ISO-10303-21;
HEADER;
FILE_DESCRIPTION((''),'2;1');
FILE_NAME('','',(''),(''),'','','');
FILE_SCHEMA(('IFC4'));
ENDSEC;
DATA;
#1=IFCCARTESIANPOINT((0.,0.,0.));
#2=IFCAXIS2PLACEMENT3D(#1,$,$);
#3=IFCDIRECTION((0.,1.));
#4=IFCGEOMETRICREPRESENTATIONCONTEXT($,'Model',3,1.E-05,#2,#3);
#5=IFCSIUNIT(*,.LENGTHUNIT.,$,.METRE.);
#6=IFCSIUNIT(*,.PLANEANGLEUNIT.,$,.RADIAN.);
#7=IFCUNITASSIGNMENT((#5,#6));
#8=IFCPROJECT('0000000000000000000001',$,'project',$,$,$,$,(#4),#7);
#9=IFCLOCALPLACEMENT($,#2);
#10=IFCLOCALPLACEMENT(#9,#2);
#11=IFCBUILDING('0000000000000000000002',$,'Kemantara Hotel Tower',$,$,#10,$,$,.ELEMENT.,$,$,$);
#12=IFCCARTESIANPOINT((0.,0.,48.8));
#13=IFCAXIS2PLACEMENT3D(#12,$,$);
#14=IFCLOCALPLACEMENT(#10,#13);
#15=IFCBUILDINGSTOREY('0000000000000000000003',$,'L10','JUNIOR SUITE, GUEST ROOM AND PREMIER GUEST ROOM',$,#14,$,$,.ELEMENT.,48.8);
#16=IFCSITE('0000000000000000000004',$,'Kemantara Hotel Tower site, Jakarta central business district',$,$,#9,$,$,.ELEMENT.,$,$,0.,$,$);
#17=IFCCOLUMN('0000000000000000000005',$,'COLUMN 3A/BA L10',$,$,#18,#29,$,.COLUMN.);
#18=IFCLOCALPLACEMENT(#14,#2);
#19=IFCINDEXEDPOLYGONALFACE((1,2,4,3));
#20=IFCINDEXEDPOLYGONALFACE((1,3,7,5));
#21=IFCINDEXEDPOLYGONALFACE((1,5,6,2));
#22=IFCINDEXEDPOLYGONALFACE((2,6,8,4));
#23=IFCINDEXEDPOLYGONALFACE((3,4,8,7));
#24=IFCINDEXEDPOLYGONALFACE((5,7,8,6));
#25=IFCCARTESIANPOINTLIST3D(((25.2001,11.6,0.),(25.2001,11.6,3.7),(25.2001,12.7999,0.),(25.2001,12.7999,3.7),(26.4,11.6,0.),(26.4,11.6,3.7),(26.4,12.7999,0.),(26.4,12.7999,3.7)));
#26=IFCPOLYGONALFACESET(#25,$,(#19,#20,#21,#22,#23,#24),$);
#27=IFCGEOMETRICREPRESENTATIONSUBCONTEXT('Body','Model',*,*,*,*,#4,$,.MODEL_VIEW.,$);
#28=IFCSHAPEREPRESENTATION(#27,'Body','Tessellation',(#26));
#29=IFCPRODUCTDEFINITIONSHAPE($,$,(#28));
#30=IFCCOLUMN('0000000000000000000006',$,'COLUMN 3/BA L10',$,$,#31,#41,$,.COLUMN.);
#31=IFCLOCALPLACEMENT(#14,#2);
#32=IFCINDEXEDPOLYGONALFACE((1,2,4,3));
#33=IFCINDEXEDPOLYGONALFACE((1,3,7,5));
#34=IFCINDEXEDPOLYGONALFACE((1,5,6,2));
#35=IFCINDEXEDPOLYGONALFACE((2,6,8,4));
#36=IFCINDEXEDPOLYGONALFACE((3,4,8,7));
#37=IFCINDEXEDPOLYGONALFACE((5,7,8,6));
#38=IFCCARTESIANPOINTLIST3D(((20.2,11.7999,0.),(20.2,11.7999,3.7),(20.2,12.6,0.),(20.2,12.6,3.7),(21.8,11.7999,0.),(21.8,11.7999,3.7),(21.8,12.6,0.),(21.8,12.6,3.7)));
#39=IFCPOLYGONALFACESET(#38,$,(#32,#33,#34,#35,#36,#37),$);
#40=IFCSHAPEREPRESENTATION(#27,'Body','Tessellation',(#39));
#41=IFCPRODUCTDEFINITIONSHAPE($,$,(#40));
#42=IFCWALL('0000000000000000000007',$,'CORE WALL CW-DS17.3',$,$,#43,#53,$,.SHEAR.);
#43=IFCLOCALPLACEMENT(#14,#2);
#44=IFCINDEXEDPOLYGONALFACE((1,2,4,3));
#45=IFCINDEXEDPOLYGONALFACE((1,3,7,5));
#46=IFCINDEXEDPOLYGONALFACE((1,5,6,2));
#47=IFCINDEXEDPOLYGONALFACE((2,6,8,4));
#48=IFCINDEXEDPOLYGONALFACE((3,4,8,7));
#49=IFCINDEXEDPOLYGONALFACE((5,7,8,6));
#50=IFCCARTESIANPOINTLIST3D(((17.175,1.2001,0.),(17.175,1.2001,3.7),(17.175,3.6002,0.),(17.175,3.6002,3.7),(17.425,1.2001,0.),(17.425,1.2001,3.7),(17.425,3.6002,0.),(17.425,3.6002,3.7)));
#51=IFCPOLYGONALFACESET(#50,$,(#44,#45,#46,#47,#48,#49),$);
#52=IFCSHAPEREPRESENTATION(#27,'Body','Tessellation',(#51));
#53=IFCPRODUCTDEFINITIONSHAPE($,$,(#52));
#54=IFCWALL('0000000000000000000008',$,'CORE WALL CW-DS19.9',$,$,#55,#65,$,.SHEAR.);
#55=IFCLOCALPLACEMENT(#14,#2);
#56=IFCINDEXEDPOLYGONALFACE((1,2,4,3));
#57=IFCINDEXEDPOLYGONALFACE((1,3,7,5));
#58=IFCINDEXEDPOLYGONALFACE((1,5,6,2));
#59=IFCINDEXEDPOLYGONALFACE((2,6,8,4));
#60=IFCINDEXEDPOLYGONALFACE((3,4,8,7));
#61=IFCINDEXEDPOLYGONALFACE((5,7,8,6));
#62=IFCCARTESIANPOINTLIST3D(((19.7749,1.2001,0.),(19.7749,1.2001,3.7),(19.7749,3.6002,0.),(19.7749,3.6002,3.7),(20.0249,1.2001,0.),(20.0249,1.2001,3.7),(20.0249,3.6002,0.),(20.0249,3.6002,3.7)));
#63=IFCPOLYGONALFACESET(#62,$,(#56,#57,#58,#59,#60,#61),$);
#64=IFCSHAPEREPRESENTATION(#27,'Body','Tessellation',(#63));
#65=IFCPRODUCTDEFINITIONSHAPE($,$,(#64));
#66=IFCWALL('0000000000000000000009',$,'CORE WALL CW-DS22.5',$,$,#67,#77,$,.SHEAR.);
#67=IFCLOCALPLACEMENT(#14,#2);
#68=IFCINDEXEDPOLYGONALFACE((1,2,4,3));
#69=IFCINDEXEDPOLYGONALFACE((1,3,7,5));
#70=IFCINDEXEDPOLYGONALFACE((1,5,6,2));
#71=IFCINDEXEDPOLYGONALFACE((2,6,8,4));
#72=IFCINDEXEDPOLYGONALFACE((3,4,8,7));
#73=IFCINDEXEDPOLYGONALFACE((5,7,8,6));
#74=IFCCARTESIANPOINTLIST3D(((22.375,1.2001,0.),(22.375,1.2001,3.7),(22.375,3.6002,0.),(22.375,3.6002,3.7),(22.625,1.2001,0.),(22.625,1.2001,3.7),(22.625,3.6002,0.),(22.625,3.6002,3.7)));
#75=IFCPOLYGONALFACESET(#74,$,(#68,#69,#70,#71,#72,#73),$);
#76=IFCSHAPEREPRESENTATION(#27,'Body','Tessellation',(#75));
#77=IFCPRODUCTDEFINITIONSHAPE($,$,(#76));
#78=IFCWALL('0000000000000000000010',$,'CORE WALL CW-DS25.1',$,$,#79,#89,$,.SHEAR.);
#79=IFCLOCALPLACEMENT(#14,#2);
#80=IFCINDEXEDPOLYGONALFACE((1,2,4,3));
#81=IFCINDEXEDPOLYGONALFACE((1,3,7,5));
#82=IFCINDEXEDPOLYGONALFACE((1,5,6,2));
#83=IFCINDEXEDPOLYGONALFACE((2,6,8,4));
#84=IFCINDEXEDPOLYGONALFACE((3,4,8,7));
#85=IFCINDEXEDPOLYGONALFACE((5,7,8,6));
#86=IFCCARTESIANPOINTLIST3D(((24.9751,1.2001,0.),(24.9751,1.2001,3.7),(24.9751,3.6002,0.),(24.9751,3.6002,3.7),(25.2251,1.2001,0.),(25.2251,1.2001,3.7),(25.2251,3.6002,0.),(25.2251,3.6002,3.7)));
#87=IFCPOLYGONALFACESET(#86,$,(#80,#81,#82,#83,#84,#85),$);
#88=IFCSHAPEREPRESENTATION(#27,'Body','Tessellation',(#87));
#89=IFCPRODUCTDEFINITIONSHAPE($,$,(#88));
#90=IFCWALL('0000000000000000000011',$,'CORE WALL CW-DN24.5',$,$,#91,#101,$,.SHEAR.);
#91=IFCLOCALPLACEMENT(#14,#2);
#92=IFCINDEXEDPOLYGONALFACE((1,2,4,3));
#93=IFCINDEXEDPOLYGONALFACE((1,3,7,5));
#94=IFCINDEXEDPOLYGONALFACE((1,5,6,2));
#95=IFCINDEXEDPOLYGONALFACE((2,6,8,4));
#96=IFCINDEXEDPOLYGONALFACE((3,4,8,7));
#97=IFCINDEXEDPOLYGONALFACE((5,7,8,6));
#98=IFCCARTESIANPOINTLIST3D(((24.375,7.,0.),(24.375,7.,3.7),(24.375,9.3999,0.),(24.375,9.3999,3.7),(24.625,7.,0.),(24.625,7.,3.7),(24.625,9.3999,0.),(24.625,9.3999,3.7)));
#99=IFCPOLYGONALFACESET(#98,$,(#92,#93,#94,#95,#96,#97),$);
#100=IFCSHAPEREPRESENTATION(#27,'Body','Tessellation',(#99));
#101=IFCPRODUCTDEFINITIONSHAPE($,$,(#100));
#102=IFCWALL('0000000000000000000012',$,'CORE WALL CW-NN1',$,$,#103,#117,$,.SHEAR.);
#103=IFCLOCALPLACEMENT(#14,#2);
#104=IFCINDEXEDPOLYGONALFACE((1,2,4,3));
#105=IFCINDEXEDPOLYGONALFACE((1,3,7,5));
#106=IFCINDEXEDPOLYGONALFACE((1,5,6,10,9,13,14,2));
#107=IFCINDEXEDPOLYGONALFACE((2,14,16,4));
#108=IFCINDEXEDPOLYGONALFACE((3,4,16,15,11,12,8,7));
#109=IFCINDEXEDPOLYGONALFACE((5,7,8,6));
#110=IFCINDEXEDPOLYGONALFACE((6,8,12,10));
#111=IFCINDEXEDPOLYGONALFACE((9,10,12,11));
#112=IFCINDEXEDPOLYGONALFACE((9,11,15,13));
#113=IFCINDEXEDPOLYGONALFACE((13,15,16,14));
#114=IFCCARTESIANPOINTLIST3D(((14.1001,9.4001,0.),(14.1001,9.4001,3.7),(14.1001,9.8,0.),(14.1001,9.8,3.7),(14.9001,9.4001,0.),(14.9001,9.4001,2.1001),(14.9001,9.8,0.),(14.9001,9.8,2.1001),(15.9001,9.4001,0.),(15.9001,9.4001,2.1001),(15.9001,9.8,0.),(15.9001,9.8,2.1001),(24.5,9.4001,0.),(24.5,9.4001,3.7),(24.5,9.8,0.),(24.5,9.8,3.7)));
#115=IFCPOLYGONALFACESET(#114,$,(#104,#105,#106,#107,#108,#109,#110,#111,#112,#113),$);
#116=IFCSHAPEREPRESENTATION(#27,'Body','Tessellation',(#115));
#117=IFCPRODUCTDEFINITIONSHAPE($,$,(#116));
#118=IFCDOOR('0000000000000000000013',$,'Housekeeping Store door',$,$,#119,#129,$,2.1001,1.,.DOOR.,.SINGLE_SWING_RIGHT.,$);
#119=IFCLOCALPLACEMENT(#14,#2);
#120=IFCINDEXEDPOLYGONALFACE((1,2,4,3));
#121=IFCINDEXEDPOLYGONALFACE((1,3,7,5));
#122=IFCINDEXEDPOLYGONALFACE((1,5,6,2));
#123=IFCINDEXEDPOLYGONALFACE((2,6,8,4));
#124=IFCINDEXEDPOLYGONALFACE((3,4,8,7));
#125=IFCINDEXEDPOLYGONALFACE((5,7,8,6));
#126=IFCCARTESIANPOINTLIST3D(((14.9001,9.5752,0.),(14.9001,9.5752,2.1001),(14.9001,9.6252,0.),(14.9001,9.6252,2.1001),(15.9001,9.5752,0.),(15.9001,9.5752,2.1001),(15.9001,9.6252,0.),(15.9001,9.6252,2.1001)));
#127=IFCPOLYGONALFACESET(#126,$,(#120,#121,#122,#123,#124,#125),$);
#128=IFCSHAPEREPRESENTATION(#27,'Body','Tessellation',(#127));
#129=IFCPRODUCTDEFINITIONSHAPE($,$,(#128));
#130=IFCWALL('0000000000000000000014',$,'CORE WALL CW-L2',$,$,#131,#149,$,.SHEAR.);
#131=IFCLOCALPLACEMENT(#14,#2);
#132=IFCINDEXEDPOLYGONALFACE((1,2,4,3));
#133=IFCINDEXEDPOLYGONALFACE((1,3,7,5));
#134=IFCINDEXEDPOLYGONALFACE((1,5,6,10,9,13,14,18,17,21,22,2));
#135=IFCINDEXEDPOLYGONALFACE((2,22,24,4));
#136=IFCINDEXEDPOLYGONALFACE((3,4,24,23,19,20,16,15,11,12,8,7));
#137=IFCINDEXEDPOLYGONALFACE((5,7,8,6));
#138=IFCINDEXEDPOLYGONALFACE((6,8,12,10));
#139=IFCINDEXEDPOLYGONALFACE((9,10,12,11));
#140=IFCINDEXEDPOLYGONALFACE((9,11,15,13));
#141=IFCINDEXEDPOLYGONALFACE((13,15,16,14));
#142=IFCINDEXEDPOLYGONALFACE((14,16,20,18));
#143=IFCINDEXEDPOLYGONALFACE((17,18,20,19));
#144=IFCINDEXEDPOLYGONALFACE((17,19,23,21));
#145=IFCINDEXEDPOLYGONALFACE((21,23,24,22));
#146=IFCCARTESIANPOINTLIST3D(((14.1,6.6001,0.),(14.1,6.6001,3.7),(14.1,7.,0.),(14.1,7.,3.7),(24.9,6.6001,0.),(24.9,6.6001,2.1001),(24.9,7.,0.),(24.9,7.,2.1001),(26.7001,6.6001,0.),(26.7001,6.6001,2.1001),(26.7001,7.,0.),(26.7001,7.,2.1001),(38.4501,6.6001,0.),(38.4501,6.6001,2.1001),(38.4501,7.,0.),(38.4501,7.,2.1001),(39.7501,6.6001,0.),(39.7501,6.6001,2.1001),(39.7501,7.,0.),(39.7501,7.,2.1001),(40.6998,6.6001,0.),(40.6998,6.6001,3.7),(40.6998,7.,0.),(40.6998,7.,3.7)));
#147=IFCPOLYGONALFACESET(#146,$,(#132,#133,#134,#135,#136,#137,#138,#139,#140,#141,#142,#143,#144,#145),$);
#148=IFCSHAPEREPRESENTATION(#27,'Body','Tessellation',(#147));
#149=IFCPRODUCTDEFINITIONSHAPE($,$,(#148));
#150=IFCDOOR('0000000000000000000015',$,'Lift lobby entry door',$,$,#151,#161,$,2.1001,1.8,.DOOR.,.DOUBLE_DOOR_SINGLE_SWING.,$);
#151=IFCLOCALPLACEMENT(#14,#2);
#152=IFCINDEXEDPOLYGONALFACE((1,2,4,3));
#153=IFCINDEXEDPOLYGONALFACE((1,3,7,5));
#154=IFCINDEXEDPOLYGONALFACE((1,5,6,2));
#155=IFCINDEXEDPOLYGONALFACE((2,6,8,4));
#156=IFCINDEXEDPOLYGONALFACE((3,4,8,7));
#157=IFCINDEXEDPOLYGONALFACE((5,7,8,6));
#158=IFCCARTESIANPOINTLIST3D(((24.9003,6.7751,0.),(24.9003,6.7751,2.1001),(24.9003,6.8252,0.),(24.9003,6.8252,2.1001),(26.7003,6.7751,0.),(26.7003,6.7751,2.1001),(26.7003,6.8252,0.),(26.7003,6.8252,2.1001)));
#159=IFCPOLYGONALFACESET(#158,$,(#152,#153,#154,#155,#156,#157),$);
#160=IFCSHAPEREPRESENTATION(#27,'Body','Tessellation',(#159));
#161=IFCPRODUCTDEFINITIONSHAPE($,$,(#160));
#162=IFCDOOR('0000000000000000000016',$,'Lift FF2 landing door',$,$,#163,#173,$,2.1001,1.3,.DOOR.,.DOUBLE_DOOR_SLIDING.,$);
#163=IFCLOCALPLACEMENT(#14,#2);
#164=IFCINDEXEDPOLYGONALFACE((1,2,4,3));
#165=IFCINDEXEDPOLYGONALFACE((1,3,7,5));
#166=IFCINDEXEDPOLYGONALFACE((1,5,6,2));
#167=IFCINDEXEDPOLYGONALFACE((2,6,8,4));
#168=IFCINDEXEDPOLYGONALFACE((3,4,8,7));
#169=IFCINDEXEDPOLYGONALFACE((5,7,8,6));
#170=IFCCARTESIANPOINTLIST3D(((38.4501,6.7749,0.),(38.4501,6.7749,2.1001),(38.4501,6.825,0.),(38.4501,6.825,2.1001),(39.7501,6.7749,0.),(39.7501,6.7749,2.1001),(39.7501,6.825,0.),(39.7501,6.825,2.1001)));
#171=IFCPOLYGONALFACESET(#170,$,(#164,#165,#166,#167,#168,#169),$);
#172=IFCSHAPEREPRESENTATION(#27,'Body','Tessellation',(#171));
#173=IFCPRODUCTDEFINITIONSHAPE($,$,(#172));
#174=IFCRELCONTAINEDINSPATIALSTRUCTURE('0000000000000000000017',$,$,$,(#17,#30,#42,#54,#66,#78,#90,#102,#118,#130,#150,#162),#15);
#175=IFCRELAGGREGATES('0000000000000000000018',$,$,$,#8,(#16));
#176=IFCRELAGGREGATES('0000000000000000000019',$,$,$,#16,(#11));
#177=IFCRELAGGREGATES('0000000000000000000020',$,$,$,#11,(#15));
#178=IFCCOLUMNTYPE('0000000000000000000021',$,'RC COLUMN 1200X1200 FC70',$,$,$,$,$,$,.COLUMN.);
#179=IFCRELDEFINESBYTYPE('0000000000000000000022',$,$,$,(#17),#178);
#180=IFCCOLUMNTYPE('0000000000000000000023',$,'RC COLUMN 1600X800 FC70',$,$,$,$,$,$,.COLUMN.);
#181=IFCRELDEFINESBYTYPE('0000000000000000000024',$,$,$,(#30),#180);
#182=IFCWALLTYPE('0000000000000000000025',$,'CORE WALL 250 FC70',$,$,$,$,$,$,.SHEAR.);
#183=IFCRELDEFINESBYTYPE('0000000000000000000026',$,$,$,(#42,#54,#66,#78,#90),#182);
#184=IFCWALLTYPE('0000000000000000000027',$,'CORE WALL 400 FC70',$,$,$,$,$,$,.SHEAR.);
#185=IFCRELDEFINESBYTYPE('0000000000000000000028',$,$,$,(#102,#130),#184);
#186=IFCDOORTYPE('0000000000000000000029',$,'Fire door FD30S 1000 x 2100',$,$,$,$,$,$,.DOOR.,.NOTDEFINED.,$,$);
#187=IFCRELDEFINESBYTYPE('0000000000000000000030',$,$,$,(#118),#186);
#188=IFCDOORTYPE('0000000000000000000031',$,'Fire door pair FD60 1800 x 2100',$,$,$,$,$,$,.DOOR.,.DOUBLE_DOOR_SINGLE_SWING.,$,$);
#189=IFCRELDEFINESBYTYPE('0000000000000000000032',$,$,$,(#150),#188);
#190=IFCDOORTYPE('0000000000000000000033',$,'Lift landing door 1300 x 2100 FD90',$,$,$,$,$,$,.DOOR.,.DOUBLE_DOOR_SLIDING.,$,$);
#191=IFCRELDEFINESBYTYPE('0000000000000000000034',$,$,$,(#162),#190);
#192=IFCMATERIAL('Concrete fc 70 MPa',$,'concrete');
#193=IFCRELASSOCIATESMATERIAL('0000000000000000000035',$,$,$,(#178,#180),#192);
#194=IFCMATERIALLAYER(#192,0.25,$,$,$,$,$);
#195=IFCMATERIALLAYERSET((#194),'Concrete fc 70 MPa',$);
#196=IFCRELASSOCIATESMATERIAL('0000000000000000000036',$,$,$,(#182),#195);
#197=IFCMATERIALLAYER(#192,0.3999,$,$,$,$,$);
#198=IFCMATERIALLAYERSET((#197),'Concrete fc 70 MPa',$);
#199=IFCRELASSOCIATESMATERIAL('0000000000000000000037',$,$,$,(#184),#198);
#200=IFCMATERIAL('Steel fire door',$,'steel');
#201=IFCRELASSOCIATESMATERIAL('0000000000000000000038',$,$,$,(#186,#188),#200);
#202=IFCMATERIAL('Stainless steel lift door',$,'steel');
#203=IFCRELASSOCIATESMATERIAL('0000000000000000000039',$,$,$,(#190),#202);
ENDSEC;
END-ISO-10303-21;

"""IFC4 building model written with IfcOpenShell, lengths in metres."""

from ifc_helpers import new_model, si_unit, direction, frame, frame_2d, origin, origin_2d, place, context, subcontext, project, spatial, rectangle, extrude, material, layer, layer_set, material_profile, profile_set, type_object, element, fill, save


model = new_model("IFC4")

# Units and contexts
model_context = context("Model", 3, precision=1e-05, world=origin(), true_north=direction((0.0, 1.0)))
body_context = subcontext(model_context, "Body", "Model", "MODEL_VIEW")
ifc_project = project(units=[si_unit("LENGTHUNIT", "METRE"), si_unit("PLANEANGLEUNIT", "RADIAN")], contexts=[model_context])

# Site, building, storey
site_placement = place(None, origin())
site = spatial("IfcSite", under=ifc_project, at=site_placement, Name="Kemantara Hotel Tower site, Jakarta central business district", CompositionType="ELEMENT", RefElevation=0.0)
building_placement = place(site_placement, origin())
building = spatial("IfcBuilding", under=site, at=building_placement, Name="Kemantara Hotel Tower", CompositionType="ELEMENT")
storey_placement = place(building_placement, frame((0.0, 0.0, 48.8)))
storey = spatial("IfcBuildingStorey", under=building, at=storey_placement, Name="L10", Description="JUNIOR SUITE, GUEST ROOM AND PREMIER GUEST ROOM", CompositionType="ELEMENT", Elevation=48.8)

# Columns
ifc_material_1 = material(Name="Concrete fc 70 MPa", Category="concrete")
ifc_material_profile_1 = material_profile(ifc_material_1, rectangle(XDim=1.2, YDim=1.2, at=origin_2d()), Name="RC 1200X1200")
ifc_profile_set_1 = profile_set([ifc_material_profile_1], Name="Concrete fc 70 MPa")
column_type_1 = type_object("IfcColumnType", Name="RC COLUMN 1200X1200 FC70", PredefinedType="COLUMN", material=ifc_profile_set_1)
column_1_placement = place(storey_placement, frame((25.8, 12.2, 0.0), z_axis=(0.0, 0.0, 1.0), x_axis=(1.0, 0.0, 0.0)))
element("IfcColumn", 1, at=column_1_placement, inside=storey, type_object=column_type_1, Name="COLUMN 3A/BA L10", PredefinedType="COLUMN", context=body_context, shape_type="SweptSolid", body=[
    extrude(rectangle(XDim=1.2, YDim=1.2, at=origin_2d()), origin(), (0.0, 0.0, 1.0), 3.7),
])
ifc_material_profile_2 = material_profile(ifc_material_1, rectangle(XDim=1.6001, YDim=0.8, at=origin_2d()), Name="RC 1600X800")
ifc_profile_set_2 = profile_set([ifc_material_profile_2], Name="Concrete fc 70 MPa")
column_type_2 = type_object("IfcColumnType", Name="RC COLUMN 1600X800 FC70", PredefinedType="COLUMN", material=ifc_profile_set_2)
column_2_placement = place(storey_placement, frame((21.0, 12.2, 0.0), z_axis=(0.0, 0.0, 1.0), x_axis=(1.0, 0.0, 0.0)))
element("IfcColumn", 2, at=column_2_placement, inside=storey, type_object=column_type_2, Name="COLUMN 3/BA L10", PredefinedType="COLUMN", context=body_context, shape_type="SweptSolid", body=[
    extrude(rectangle(XDim=1.6001, YDim=0.8, at=origin_2d()), origin(), (0.0, 0.0, 1.0), 3.7),
])

# Walls
ifc_layer_1 = layer(ifc_material_1, 0.25)
ifc_layer_set_1 = layer_set([ifc_layer_1], Name="Concrete fc 70 MPa")
wall_type_1 = type_object("IfcWallType", Name="CORE WALL 250 FC70", PredefinedType="SHEAR", material=ifc_layer_set_1)
for number, where, z_axis, x_axis, name in (
    (3, (17.3, 1.2, 0.0), (0.0, 0.0, 1.0), (0.0, 1.0, 0.0), "CORE WALL CW-DS17.3"),
    (4, (19.8999, 1.2, 0.0), (0.0, 0.0, 1.0), (0.0, 1.0, 0.0), "CORE WALL CW-DS19.9"),
    (5, (22.5, 1.2, 0.0), (0.0, 0.0, 1.0), (0.0, 1.0, 0.0), "CORE WALL CW-DS22.5"),
    (6, (25.1001, 1.2, 0.0), (0.0, 0.0, 1.0), (0.0, 1.0, 0.0), "CORE WALL CW-DS25.1"),
):
    element("IfcWall", number, at=place(storey_placement, frame(where, z_axis=z_axis, x_axis=x_axis)), inside=storey, type_object=wall_type_1, Name=name, PredefinedType="SHEAR", context=body_context, shape_type="SweptSolid", body=[
        extrude(rectangle(XDim=2.4001, YDim=0.25, at=frame_2d((1.2002, 0.0))), origin(), (0.0, 0.0, 1.0), 3.7),
    ])
wall_1_placement = place(storey_placement, frame((24.5, 7.0, 0.0), z_axis=(0.0, 0.0, 1.0), x_axis=(0.0, 1.0, 0.0)))
element("IfcWall", 7, at=wall_1_placement, inside=storey, type_object=wall_type_1, Name="CORE WALL CW-DN24.5", PredefinedType="SHEAR", context=body_context, shape_type="SweptSolid", body=[
    extrude(rectangle(XDim=2.3999, YDim=0.25, at=frame_2d((1.2, 0.0))), origin(), (0.0, 0.0, 1.0), 3.7),
])

# Wall, opening, door
ifc_layer_2 = layer(ifc_material_1, 0.3999)
ifc_layer_set_2 = layer_set([ifc_layer_2], Name="Concrete fc 70 MPa")
wall_type_2 = type_object("IfcWallType", Name="CORE WALL 400 FC70", PredefinedType="SHEAR", material=ifc_layer_set_2)
wall_2_placement = place(storey_placement, frame((14.1001, 9.6001, 0.0), z_axis=(0.0, 0.0, 1.0), x_axis=(1.0, 0.0, 0.0)))
wall_2 = element("IfcWall", 8, at=wall_2_placement, inside=storey, type_object=wall_type_2, Name="CORE WALL CW-NN1", PredefinedType="SHEAR", context=body_context, shape_type="SweptSolid", body=[
    extrude(rectangle(XDim=10.3999, YDim=0.3999, at=frame_2d((5.2, 0.0))), origin(), (0.0, 0.0, 1.0), 3.7),
])
opening_1_placement = place(wall_2_placement, frame((0.8, 0.0, 0.0)))
opening_1 = element("IfcOpeningElement", 9, at=opening_1_placement, cuts=wall_2, PredefinedType="OPENING", context=body_context, shape_type="SweptSolid", body=[
    extrude(rectangle(XDim=1.0, YDim=2.1001, at=frame_2d((0.5, 1.05))), frame((0.0, 0.21, 0.0), z_axis=(0.0, -1.0, 0.0), x_axis=(1.0, 0.0, 0.0)), (0.0, 0.0, 1.0), 0.4199),
])
ifc_material_2 = material(Name="Steel fire door", Category="steel")
door_type_1 = type_object("IfcDoorType", Name="Fire door FD30S 1000 x 2100", OperationType="NOTDEFINED", PredefinedType="DOOR", material=ifc_material_2)
door_1_placement = place(opening_1_placement, frame((1.0, 0.0, 0.0), z_axis=(0.0, 0.0, 1.0), x_axis=(-1.0, 0.0, 0.0)))
door_1 = element("IfcDoor", 10, at=door_1_placement, inside=storey, type_object=door_type_1, Name="Housekeeping Store door", OperationType="SINGLE_SWING_RIGHT", OverallHeight=2.1001, OverallWidth=1.0, PredefinedType="DOOR", context=body_context, shape_type="SweptSolid", body=[
    extrude(rectangle(XDim=1.0, YDim=2.1001, at=frame_2d((0.5, 1.05))), frame((0.0, 0.0249, 0.0), z_axis=(0.0, -1.0, 0.0), x_axis=(1.0, 0.0, 0.0)), (0.0, 0.0, 1.0), 0.05),
])
fill(opening_1, door_1)

# Wall, openings, doors
wall_3_placement = place(storey_placement, frame((14.1001, 6.8, 0.0), z_axis=(0.0, 0.0, 1.0), x_axis=(1.0, 0.0, 0.0)))
wall_3 = element("IfcWall", 11, at=wall_3_placement, inside=storey, type_object=wall_type_2, Name="CORE WALL CW-L2", PredefinedType="SHEAR", context=body_context, shape_type="SweptSolid", body=[
    extrude(rectangle(XDim=26.5999, YDim=0.3999, at=frame_2d((13.2998, 0.0))), origin(), (0.0, 0.0, 1.0), 3.7),
])
opening_2_placement = place(wall_3_placement, frame((10.8, 0.0, 0.0)))
opening_2 = element("IfcOpeningElement", 12, at=opening_2_placement, cuts=wall_3, PredefinedType="OPENING", context=body_context, shape_type="SweptSolid", body=[
    extrude(rectangle(XDim=1.8, YDim=2.1001, at=frame_2d((0.8999, 1.05))), frame((0.0, 0.21, 0.0), z_axis=(0.0, -1.0, 0.0), x_axis=(1.0, 0.0, 0.0)), (0.0, 0.0, 1.0), 0.4199),
])
opening_3_placement = place(wall_3_placement, frame((24.3501, 0.0, 0.0)))
opening_3 = element("IfcOpeningElement", 13, at=opening_3_placement, cuts=wall_3, PredefinedType="OPENING", context=body_context, shape_type="SweptSolid", body=[
    extrude(rectangle(XDim=1.3, YDim=2.1001, at=frame_2d((0.6499, 1.05))), frame((0.0, 0.21, 0.0), z_axis=(0.0, -1.0, 0.0), x_axis=(1.0, 0.0, 0.0)), (0.0, 0.0, 1.0), 0.4199),
])
door_type_2 = type_object("IfcDoorType", Name="Fire door pair FD60 1800 x 2100", OperationType="DOUBLE_DOOR_SINGLE_SWING", PredefinedType="DOOR", material=ifc_material_2)
door_2_placement = place(opening_2_placement, frame((1.8, 0.0, 0.0), z_axis=(0.0, 0.0, 1.0), x_axis=(-1.0, 0.0, 0.0)))
door_2 = element("IfcDoor", 14, at=door_2_placement, inside=storey, type_object=door_type_2, Name="Lift lobby entry door", OperationType="DOUBLE_DOOR_SINGLE_SWING", OverallHeight=2.1001, OverallWidth=1.8, PredefinedType="DOOR", context=body_context, shape_type="SweptSolid", body=[
    extrude(rectangle(XDim=1.8, YDim=2.1001, at=frame_2d((0.8999, 1.05))), frame((0.0, 0.0249, 0.0), z_axis=(0.0, -1.0, 0.0), x_axis=(1.0, 0.0, 0.0)), (0.0, 0.0, 1.0), 0.05),
])
fill(opening_2, door_2)
ifc_material_3 = material(Name="Stainless steel lift door", Category="steel")
door_type_3 = type_object("IfcDoorType", Name="Lift landing door 1300 x 2100 FD90", OperationType="DOUBLE_DOOR_SLIDING", PredefinedType="DOOR", material=ifc_material_3)
door_3_placement = place(opening_3_placement, origin())
door_3 = element("IfcDoor", 15, at=door_3_placement, inside=storey, type_object=door_type_3, Name="Lift FF2 landing door", OperationType="DOUBLE_DOOR_SLIDING", OverallHeight=2.1001, OverallWidth=1.3, PredefinedType="DOOR", context=body_context, shape_type="SweptSolid", body=[
    extrude(rectangle(XDim=1.3, YDim=2.1001, at=frame_2d((0.6499, 1.05))), frame((0.0, 0.0249, 0.0), z_axis=(0.0, -1.0, 0.0), x_axis=(1.0, 0.0, 0.0)), (0.0, 0.0, 1.0), 0.05),
])
fill(opening_3, door_3)

save(model, "model.ifc")
